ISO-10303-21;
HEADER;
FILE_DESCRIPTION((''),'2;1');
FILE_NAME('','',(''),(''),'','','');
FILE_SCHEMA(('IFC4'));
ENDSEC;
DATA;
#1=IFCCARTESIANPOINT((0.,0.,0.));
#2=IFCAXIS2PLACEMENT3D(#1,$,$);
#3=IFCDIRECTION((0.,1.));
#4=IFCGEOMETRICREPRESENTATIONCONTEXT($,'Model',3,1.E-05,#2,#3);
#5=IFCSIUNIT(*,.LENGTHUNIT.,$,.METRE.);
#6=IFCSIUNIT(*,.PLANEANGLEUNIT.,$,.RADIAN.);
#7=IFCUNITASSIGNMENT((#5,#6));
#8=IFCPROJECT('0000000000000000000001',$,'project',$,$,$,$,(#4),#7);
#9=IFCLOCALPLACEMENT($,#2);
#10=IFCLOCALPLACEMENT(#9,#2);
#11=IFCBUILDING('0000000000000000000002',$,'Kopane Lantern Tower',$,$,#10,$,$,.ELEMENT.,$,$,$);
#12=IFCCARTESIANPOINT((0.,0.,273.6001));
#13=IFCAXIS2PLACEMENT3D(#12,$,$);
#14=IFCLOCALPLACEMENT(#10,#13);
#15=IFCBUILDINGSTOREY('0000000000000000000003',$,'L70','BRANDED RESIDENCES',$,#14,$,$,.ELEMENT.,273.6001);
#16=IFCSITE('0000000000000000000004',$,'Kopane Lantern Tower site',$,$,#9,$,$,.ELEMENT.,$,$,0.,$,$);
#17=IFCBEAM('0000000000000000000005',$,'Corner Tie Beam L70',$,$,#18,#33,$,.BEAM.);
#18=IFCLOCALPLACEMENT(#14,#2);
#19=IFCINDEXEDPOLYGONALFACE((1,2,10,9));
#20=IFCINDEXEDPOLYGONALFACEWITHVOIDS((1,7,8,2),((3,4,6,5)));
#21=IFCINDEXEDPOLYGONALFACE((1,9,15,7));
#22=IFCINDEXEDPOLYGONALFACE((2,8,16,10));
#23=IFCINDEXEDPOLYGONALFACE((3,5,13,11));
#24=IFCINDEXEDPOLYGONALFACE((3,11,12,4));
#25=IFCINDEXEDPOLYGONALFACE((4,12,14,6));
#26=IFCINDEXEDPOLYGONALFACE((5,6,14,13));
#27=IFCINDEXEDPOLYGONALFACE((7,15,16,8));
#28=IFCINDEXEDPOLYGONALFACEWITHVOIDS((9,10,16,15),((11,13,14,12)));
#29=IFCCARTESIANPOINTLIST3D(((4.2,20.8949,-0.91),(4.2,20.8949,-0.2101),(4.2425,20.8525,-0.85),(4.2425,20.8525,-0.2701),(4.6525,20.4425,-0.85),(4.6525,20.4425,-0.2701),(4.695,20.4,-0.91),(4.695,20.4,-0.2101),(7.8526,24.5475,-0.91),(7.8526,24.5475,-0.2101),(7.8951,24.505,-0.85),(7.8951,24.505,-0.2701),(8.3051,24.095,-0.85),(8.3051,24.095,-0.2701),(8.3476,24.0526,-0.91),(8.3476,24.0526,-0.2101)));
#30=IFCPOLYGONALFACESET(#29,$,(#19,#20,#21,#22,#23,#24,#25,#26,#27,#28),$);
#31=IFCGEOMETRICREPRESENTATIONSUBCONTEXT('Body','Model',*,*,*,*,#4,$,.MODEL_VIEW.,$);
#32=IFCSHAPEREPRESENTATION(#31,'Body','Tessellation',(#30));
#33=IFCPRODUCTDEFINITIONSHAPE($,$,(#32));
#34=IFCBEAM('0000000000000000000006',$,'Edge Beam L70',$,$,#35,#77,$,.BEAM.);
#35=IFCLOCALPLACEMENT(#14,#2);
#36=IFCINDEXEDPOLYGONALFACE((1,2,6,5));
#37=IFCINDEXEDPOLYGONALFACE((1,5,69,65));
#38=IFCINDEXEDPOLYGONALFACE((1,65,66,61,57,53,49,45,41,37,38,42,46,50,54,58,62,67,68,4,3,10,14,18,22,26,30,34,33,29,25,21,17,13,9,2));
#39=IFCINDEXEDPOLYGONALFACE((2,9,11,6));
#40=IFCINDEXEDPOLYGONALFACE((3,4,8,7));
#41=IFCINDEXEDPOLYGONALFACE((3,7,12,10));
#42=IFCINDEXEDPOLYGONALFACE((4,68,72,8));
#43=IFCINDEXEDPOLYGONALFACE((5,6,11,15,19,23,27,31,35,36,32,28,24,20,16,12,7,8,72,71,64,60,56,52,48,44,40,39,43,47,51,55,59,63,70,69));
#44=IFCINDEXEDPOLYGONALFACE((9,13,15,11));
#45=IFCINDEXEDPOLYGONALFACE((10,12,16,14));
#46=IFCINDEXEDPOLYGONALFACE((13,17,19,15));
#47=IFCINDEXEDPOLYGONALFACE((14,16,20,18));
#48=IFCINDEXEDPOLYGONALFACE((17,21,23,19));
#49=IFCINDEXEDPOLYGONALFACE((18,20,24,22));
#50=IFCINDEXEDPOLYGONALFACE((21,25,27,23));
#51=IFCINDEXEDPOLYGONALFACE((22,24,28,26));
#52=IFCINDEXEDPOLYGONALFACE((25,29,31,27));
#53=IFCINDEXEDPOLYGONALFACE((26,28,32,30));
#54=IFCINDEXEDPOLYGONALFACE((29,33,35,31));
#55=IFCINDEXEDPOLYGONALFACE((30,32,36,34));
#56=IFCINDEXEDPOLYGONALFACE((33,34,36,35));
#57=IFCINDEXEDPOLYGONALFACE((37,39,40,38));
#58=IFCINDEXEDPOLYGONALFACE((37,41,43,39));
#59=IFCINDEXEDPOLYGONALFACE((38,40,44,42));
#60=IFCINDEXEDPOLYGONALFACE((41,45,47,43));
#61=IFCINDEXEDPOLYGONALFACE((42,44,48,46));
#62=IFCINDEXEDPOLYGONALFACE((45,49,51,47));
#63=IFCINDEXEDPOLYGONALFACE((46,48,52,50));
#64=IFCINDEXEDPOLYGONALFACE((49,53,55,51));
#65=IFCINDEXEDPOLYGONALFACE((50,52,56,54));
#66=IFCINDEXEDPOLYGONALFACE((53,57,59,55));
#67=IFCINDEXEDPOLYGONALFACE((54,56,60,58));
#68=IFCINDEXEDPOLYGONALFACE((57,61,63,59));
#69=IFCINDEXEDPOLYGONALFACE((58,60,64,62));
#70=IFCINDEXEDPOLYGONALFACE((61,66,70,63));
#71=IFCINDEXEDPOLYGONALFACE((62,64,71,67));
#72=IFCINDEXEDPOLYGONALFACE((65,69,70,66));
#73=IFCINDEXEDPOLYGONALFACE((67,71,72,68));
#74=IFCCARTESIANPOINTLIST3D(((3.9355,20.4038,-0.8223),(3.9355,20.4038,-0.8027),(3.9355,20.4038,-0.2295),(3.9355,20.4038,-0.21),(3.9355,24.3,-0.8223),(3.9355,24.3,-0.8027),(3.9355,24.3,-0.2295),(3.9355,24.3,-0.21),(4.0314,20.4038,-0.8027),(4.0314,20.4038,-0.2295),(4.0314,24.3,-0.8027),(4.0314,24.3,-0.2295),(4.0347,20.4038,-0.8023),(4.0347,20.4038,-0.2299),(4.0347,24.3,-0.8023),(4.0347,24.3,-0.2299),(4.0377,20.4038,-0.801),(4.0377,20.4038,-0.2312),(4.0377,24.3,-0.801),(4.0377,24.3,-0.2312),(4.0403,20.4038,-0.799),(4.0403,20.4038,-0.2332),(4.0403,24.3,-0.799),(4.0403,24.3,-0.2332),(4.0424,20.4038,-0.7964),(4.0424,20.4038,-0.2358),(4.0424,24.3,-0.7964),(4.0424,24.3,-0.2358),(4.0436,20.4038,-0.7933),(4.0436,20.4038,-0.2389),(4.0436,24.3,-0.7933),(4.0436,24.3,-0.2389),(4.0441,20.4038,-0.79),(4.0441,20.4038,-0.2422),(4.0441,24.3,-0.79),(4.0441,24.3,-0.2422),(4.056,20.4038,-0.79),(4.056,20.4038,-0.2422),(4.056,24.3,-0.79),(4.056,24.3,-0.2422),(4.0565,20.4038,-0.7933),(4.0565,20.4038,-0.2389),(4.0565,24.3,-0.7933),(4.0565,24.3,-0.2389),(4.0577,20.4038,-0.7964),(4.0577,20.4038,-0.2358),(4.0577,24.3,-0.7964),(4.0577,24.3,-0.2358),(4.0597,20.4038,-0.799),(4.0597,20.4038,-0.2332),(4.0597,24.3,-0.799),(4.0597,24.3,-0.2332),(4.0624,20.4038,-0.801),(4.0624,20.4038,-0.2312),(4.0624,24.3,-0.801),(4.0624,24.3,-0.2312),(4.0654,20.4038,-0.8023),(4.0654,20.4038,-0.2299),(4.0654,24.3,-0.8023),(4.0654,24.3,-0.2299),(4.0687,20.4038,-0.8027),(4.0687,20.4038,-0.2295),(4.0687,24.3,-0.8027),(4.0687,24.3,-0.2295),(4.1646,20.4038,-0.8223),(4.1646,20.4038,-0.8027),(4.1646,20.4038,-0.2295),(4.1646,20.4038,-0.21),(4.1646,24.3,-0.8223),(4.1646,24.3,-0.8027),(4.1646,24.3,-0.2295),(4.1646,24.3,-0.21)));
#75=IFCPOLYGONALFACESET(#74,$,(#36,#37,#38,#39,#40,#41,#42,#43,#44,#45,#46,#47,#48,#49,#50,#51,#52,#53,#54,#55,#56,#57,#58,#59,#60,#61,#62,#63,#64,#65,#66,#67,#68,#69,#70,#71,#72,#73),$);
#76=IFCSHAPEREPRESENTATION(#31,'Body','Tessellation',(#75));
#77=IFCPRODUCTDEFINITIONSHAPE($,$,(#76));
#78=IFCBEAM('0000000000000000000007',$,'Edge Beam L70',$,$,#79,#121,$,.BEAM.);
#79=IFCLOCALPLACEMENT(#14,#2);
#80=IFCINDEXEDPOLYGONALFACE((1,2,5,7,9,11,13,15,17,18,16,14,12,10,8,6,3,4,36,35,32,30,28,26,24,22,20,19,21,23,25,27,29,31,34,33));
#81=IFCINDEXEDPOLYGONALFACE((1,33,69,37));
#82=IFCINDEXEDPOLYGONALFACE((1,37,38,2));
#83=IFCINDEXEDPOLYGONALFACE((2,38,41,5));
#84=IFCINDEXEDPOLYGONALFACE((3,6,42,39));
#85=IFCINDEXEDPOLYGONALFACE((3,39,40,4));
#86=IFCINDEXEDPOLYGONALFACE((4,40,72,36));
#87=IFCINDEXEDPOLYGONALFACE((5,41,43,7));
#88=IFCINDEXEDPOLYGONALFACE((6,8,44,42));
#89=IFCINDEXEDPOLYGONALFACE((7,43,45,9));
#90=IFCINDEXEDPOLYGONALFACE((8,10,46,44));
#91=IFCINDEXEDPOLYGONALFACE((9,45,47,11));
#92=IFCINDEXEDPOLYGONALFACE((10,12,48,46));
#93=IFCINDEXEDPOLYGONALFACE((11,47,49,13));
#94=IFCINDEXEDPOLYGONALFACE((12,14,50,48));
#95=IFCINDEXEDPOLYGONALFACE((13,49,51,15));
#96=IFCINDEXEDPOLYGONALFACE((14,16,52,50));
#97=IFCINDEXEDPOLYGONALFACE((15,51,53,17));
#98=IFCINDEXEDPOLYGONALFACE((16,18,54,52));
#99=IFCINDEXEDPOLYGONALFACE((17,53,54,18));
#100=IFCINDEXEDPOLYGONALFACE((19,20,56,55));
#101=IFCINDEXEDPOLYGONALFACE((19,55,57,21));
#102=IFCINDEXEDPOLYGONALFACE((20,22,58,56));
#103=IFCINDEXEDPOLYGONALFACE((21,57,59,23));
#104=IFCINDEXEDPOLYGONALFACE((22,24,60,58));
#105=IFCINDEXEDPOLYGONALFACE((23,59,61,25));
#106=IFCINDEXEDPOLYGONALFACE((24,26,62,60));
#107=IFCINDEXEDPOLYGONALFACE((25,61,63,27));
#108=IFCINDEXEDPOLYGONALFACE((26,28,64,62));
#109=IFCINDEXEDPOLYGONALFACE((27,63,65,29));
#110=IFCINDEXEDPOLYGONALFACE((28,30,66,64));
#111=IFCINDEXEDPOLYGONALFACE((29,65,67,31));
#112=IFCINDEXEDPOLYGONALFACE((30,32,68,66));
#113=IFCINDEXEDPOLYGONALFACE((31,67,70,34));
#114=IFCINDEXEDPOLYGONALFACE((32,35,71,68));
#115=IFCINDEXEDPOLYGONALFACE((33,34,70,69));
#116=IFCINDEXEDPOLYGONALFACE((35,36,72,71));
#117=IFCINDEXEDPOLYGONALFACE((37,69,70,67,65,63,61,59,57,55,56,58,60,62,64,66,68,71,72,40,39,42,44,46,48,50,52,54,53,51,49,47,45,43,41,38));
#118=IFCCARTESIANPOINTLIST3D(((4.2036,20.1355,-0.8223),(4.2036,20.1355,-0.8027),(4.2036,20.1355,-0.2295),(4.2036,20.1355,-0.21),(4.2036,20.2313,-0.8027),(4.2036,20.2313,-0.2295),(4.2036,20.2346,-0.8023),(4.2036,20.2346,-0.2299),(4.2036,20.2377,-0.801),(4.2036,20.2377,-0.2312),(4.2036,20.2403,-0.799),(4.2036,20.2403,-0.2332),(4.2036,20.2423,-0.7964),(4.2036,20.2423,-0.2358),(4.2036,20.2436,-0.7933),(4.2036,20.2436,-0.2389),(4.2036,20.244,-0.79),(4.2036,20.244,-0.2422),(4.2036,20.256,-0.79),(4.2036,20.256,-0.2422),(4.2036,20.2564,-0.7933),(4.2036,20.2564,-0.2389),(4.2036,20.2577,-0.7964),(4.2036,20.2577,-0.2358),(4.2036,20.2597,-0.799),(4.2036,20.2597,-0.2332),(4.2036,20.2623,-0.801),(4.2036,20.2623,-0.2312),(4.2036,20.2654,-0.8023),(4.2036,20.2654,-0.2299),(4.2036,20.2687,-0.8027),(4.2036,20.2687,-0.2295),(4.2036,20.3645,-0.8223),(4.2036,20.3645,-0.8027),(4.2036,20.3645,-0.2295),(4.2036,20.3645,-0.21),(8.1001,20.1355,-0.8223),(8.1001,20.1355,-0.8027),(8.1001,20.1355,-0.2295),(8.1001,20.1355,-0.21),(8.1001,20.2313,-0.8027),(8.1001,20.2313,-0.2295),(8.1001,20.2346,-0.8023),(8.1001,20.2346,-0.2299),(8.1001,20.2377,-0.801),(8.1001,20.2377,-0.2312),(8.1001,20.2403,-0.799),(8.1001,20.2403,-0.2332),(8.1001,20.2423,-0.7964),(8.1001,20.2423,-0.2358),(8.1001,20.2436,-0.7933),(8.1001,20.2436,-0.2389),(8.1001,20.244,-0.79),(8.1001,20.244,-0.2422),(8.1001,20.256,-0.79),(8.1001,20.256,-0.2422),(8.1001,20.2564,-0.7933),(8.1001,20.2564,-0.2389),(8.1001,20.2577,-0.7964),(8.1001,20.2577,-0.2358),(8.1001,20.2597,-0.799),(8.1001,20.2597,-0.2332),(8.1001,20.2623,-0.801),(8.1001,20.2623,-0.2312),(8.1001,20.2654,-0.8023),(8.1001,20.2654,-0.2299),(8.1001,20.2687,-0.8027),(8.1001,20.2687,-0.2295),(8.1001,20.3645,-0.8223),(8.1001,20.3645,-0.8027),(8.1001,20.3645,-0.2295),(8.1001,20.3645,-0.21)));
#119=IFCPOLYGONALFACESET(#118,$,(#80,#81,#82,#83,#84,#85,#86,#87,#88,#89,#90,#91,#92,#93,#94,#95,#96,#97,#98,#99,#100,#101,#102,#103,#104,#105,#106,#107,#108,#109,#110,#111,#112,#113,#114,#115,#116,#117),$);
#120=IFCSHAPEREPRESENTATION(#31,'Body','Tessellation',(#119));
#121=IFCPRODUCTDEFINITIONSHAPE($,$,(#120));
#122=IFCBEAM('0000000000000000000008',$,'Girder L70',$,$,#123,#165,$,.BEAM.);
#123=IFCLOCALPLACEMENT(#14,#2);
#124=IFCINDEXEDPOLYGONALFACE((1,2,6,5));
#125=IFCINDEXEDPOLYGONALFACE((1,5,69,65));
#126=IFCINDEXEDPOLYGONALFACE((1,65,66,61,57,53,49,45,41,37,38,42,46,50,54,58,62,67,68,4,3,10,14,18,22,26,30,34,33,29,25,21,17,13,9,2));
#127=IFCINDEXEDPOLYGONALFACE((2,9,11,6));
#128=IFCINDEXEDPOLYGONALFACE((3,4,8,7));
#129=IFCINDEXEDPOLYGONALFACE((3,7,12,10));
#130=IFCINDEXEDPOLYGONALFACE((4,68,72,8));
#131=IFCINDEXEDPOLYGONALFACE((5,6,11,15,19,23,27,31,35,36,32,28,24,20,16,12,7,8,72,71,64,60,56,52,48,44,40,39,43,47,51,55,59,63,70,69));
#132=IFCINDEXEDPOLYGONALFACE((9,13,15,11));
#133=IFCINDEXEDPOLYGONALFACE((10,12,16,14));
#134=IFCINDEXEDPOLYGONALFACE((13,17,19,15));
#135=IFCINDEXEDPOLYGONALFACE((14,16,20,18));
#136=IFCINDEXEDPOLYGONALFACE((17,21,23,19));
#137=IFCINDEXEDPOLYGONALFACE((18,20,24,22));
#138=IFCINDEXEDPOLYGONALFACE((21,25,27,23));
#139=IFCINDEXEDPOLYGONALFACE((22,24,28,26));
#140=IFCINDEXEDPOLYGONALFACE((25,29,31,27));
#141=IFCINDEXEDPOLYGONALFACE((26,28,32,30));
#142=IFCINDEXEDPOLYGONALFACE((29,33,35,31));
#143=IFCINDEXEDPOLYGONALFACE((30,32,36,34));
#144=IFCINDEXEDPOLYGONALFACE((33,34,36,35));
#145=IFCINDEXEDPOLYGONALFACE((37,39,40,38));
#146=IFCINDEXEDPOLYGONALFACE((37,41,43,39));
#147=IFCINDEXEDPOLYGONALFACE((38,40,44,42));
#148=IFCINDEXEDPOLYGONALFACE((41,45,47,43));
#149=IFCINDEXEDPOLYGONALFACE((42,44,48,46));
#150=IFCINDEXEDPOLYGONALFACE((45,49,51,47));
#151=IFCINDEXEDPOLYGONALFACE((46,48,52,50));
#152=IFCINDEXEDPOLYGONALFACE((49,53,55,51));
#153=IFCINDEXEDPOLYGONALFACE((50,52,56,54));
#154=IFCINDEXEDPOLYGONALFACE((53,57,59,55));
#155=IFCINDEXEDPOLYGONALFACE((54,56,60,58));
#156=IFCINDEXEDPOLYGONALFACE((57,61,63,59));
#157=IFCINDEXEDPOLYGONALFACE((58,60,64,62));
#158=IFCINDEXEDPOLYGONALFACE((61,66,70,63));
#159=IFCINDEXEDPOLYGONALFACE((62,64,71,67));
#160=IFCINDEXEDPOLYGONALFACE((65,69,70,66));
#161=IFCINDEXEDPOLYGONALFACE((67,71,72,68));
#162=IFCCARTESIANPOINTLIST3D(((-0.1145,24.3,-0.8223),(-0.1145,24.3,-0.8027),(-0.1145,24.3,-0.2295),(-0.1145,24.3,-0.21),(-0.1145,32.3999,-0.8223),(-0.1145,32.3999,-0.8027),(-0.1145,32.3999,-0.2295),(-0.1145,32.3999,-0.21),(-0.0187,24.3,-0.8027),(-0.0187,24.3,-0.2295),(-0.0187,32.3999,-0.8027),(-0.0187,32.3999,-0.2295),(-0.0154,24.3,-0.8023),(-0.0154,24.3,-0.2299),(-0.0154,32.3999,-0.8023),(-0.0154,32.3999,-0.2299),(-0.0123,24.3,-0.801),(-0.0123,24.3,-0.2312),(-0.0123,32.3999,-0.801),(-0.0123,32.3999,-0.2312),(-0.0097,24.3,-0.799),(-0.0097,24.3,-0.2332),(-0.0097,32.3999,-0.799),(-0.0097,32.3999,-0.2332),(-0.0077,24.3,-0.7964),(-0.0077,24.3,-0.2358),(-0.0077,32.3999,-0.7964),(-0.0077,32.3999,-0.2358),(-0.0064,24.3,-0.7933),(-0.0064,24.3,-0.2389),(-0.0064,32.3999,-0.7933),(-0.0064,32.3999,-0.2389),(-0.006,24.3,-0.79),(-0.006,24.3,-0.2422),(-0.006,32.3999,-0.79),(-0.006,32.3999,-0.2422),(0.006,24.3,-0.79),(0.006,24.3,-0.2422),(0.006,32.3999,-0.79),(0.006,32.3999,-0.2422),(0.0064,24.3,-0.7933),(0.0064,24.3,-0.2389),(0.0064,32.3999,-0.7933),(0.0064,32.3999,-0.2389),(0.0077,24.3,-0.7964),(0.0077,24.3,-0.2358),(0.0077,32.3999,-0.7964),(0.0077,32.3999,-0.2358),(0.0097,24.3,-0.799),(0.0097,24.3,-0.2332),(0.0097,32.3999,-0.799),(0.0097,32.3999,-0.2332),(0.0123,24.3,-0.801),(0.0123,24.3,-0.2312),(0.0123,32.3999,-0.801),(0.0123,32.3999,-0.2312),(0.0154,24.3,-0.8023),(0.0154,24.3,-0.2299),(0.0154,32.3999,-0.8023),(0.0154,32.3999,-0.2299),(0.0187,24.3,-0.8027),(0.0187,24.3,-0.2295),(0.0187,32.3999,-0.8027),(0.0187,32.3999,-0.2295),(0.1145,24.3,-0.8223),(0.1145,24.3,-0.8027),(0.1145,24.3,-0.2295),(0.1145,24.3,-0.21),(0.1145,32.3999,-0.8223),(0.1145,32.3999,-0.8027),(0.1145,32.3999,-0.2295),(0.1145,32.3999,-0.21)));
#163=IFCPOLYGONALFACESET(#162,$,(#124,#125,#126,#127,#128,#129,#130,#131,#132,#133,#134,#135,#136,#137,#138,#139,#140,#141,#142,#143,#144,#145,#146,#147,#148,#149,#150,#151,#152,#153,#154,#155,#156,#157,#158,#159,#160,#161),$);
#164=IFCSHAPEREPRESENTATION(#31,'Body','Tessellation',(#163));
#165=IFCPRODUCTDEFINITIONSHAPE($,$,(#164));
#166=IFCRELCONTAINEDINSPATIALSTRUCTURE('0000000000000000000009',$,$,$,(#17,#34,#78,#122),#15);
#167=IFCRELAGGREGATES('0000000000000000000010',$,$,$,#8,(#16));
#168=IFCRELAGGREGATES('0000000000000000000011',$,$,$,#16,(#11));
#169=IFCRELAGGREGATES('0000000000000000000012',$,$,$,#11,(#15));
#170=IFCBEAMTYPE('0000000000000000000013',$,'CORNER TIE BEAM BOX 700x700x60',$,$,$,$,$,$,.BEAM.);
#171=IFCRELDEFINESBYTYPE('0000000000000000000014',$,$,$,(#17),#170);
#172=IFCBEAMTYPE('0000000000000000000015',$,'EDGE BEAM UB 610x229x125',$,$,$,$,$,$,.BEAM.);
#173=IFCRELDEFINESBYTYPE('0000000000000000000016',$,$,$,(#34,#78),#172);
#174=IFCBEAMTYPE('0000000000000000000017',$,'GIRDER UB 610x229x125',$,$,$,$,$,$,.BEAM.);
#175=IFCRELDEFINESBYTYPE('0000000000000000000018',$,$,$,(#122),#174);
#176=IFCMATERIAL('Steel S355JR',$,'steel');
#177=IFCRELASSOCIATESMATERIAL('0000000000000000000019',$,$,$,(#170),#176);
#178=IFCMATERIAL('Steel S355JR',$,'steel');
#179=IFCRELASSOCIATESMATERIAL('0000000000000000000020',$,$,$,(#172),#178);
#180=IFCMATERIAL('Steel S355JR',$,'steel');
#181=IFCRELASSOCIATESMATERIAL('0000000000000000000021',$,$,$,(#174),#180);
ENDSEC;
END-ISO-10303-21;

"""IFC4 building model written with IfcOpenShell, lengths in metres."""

from ifc_helpers import new_model, si_unit, direction, frame, origin, origin_2d, place, context, subcontext, project, spatial, hollow_rectangle, i_section, extrude, material, material_profile, profile_set, type_object, element, save


model = new_model("IFC4")

# Units and contexts
model_context = context("Model", 3, precision=1e-05, world=origin(), true_north=direction((0.0, 1.0)))
body_context = subcontext(model_context, "Body", "Model", "MODEL_VIEW")
ifc_project = project(units=[si_unit("LENGTHUNIT", "METRE"), si_unit("PLANEANGLEUNIT", "RADIAN")], contexts=[model_context])

# Site, building, storey
site_placement = place(None, origin())
site = spatial("IfcSite", under=ifc_project, at=site_placement, Name="Kopane Lantern Tower site", CompositionType="ELEMENT", RefElevation=0.0)
building_placement = place(site_placement, origin())
building = spatial("IfcBuilding", under=site, at=building_placement, Name="Kopane Lantern Tower", CompositionType="ELEMENT")
storey_placement = place(building_placement, frame((0.0, 0.0, 273.6001)))
storey = spatial("IfcBuildingStorey", under=building, at=storey_placement, Name="L70", Description="BRANDED RESIDENCES", CompositionType="ELEMENT", Elevation=273.6001)

# Beams
ifc_material_1 = material(Name="Steel S355JR", Category="steel")
ifc_material_profile_1 = material_profile(ifc_material_1, hollow_rectangle(XDim=0.7, YDim=0.7, WallThickness=0.0601, at=origin_2d()), Name="BOX 700x700x60")
ifc_profile_set_1 = profile_set([ifc_material_profile_1], Name="Steel S355JR")
beam_type_1 = type_object("IfcBeamType", Name="CORNER TIE BEAM BOX 700x700x60", PredefinedType="BEAM", material=ifc_profile_set_1)
beam_1_placement = place(storey_placement, frame((4.4475, 20.6475, -0.5601), z_axis=(0.707107, 0.707107, 0.0), x_axis=(-0.707107, 0.707107, 0.0)))
element("IfcBeam", 1, at=beam_1_placement, inside=storey, type_object=beam_type_1, Name="Corner Tie Beam L70", PredefinedType="BEAM", context=body_context, shape_type="SweptSolid", body=[
    extrude(hollow_rectangle(XDim=0.7, YDim=0.7, WallThickness=0.0601, at=origin_2d()), origin(), (0.0, 0.0, 1.0), 5.1655),
])
ifc_material_2 = material(Name="Steel S355JR", Category="steel")
ifc_material_profile_2 = material_profile(ifc_material_2, i_section(OverallWidth=0.229, OverallDepth=0.6123, WebThickness=0.012, FlangeThickness=0.0195, FilletRadius=0.0127, at=origin_2d()), Name="UB 610x229x125")
ifc_profile_set_2 = profile_set([ifc_material_profile_2], Name="Steel S355JR")
beam_type_2 = type_object("IfcBeamType", Name="EDGE BEAM UB 610x229x125", PredefinedType="BEAM", material=ifc_profile_set_2)
beam_2_placement = place(storey_placement, frame((4.05, 20.4038, -0.5161), z_axis=(0.0, 1.0, 0.0), x_axis=(-1.0, 0.0, 0.0)))
element("IfcBeam", 2, at=beam_2_placement, inside=storey, type_object=beam_type_2, Name="Edge Beam L70", PredefinedType="BEAM", context=body_context, shape_type="SweptSolid", body=[
    extrude(i_section(OverallWidth=0.229, OverallDepth=0.6123, WebThickness=0.012, FlangeThickness=0.0195, FilletRadius=0.0127, at=origin_2d()), origin(), (0.0, 0.0, 1.0), 3.8962),
])
beam_3_placement = place(storey_placement, frame((4.2036, 20.25, -0.5161), z_axis=(1.0, 0.0, 0.0), x_axis=(0.0, 1.0, 0.0)))
element("IfcBeam", 3, at=beam_3_placement, inside=storey, type_object=beam_type_2, Name="Edge Beam L70", PredefinedType="BEAM", context=body_context, shape_type="SweptSolid", body=[
    extrude(i_section(OverallWidth=0.229, OverallDepth=0.6123, WebThickness=0.012, FlangeThickness=0.0195, FilletRadius=0.0127, at=origin_2d()), origin(), (0.0, 0.0, 1.0), 3.8965),
])
ifc_material_3 = material(Name="Steel S355JR", Category="steel")
ifc_material_profile_3 = material_profile(ifc_material_3, i_section(OverallWidth=0.229, OverallDepth=0.6123, WebThickness=0.012, FlangeThickness=0.0195, FilletRadius=0.0127, at=origin_2d()), Name="UB 610x229x125")
ifc_profile_set_3 = profile_set([ifc_material_profile_3], Name="Steel S355JR")
beam_type_3 = type_object("IfcBeamType", Name="GIRDER UB 610x229x125", PredefinedType="BEAM", material=ifc_profile_set_3)
beam_4_placement = place(storey_placement, frame((0.0, 24.3, -0.5161), z_axis=(0.0, 1.0, 0.0), x_axis=(-1.0, 0.0, 0.0)))
element("IfcBeam", 4, at=beam_4_placement, inside=storey, type_object=beam_type_3, Name="Girder L70", PredefinedType="BEAM", context=body_context, shape_type="SweptSolid", body=[
    extrude(i_section(OverallWidth=0.229, OverallDepth=0.6123, WebThickness=0.012, FlangeThickness=0.0195, FilletRadius=0.0127, at=origin_2d()), origin(), (0.0, 0.0, 1.0), 8.0999),
])

save(model, "model.ifc")
